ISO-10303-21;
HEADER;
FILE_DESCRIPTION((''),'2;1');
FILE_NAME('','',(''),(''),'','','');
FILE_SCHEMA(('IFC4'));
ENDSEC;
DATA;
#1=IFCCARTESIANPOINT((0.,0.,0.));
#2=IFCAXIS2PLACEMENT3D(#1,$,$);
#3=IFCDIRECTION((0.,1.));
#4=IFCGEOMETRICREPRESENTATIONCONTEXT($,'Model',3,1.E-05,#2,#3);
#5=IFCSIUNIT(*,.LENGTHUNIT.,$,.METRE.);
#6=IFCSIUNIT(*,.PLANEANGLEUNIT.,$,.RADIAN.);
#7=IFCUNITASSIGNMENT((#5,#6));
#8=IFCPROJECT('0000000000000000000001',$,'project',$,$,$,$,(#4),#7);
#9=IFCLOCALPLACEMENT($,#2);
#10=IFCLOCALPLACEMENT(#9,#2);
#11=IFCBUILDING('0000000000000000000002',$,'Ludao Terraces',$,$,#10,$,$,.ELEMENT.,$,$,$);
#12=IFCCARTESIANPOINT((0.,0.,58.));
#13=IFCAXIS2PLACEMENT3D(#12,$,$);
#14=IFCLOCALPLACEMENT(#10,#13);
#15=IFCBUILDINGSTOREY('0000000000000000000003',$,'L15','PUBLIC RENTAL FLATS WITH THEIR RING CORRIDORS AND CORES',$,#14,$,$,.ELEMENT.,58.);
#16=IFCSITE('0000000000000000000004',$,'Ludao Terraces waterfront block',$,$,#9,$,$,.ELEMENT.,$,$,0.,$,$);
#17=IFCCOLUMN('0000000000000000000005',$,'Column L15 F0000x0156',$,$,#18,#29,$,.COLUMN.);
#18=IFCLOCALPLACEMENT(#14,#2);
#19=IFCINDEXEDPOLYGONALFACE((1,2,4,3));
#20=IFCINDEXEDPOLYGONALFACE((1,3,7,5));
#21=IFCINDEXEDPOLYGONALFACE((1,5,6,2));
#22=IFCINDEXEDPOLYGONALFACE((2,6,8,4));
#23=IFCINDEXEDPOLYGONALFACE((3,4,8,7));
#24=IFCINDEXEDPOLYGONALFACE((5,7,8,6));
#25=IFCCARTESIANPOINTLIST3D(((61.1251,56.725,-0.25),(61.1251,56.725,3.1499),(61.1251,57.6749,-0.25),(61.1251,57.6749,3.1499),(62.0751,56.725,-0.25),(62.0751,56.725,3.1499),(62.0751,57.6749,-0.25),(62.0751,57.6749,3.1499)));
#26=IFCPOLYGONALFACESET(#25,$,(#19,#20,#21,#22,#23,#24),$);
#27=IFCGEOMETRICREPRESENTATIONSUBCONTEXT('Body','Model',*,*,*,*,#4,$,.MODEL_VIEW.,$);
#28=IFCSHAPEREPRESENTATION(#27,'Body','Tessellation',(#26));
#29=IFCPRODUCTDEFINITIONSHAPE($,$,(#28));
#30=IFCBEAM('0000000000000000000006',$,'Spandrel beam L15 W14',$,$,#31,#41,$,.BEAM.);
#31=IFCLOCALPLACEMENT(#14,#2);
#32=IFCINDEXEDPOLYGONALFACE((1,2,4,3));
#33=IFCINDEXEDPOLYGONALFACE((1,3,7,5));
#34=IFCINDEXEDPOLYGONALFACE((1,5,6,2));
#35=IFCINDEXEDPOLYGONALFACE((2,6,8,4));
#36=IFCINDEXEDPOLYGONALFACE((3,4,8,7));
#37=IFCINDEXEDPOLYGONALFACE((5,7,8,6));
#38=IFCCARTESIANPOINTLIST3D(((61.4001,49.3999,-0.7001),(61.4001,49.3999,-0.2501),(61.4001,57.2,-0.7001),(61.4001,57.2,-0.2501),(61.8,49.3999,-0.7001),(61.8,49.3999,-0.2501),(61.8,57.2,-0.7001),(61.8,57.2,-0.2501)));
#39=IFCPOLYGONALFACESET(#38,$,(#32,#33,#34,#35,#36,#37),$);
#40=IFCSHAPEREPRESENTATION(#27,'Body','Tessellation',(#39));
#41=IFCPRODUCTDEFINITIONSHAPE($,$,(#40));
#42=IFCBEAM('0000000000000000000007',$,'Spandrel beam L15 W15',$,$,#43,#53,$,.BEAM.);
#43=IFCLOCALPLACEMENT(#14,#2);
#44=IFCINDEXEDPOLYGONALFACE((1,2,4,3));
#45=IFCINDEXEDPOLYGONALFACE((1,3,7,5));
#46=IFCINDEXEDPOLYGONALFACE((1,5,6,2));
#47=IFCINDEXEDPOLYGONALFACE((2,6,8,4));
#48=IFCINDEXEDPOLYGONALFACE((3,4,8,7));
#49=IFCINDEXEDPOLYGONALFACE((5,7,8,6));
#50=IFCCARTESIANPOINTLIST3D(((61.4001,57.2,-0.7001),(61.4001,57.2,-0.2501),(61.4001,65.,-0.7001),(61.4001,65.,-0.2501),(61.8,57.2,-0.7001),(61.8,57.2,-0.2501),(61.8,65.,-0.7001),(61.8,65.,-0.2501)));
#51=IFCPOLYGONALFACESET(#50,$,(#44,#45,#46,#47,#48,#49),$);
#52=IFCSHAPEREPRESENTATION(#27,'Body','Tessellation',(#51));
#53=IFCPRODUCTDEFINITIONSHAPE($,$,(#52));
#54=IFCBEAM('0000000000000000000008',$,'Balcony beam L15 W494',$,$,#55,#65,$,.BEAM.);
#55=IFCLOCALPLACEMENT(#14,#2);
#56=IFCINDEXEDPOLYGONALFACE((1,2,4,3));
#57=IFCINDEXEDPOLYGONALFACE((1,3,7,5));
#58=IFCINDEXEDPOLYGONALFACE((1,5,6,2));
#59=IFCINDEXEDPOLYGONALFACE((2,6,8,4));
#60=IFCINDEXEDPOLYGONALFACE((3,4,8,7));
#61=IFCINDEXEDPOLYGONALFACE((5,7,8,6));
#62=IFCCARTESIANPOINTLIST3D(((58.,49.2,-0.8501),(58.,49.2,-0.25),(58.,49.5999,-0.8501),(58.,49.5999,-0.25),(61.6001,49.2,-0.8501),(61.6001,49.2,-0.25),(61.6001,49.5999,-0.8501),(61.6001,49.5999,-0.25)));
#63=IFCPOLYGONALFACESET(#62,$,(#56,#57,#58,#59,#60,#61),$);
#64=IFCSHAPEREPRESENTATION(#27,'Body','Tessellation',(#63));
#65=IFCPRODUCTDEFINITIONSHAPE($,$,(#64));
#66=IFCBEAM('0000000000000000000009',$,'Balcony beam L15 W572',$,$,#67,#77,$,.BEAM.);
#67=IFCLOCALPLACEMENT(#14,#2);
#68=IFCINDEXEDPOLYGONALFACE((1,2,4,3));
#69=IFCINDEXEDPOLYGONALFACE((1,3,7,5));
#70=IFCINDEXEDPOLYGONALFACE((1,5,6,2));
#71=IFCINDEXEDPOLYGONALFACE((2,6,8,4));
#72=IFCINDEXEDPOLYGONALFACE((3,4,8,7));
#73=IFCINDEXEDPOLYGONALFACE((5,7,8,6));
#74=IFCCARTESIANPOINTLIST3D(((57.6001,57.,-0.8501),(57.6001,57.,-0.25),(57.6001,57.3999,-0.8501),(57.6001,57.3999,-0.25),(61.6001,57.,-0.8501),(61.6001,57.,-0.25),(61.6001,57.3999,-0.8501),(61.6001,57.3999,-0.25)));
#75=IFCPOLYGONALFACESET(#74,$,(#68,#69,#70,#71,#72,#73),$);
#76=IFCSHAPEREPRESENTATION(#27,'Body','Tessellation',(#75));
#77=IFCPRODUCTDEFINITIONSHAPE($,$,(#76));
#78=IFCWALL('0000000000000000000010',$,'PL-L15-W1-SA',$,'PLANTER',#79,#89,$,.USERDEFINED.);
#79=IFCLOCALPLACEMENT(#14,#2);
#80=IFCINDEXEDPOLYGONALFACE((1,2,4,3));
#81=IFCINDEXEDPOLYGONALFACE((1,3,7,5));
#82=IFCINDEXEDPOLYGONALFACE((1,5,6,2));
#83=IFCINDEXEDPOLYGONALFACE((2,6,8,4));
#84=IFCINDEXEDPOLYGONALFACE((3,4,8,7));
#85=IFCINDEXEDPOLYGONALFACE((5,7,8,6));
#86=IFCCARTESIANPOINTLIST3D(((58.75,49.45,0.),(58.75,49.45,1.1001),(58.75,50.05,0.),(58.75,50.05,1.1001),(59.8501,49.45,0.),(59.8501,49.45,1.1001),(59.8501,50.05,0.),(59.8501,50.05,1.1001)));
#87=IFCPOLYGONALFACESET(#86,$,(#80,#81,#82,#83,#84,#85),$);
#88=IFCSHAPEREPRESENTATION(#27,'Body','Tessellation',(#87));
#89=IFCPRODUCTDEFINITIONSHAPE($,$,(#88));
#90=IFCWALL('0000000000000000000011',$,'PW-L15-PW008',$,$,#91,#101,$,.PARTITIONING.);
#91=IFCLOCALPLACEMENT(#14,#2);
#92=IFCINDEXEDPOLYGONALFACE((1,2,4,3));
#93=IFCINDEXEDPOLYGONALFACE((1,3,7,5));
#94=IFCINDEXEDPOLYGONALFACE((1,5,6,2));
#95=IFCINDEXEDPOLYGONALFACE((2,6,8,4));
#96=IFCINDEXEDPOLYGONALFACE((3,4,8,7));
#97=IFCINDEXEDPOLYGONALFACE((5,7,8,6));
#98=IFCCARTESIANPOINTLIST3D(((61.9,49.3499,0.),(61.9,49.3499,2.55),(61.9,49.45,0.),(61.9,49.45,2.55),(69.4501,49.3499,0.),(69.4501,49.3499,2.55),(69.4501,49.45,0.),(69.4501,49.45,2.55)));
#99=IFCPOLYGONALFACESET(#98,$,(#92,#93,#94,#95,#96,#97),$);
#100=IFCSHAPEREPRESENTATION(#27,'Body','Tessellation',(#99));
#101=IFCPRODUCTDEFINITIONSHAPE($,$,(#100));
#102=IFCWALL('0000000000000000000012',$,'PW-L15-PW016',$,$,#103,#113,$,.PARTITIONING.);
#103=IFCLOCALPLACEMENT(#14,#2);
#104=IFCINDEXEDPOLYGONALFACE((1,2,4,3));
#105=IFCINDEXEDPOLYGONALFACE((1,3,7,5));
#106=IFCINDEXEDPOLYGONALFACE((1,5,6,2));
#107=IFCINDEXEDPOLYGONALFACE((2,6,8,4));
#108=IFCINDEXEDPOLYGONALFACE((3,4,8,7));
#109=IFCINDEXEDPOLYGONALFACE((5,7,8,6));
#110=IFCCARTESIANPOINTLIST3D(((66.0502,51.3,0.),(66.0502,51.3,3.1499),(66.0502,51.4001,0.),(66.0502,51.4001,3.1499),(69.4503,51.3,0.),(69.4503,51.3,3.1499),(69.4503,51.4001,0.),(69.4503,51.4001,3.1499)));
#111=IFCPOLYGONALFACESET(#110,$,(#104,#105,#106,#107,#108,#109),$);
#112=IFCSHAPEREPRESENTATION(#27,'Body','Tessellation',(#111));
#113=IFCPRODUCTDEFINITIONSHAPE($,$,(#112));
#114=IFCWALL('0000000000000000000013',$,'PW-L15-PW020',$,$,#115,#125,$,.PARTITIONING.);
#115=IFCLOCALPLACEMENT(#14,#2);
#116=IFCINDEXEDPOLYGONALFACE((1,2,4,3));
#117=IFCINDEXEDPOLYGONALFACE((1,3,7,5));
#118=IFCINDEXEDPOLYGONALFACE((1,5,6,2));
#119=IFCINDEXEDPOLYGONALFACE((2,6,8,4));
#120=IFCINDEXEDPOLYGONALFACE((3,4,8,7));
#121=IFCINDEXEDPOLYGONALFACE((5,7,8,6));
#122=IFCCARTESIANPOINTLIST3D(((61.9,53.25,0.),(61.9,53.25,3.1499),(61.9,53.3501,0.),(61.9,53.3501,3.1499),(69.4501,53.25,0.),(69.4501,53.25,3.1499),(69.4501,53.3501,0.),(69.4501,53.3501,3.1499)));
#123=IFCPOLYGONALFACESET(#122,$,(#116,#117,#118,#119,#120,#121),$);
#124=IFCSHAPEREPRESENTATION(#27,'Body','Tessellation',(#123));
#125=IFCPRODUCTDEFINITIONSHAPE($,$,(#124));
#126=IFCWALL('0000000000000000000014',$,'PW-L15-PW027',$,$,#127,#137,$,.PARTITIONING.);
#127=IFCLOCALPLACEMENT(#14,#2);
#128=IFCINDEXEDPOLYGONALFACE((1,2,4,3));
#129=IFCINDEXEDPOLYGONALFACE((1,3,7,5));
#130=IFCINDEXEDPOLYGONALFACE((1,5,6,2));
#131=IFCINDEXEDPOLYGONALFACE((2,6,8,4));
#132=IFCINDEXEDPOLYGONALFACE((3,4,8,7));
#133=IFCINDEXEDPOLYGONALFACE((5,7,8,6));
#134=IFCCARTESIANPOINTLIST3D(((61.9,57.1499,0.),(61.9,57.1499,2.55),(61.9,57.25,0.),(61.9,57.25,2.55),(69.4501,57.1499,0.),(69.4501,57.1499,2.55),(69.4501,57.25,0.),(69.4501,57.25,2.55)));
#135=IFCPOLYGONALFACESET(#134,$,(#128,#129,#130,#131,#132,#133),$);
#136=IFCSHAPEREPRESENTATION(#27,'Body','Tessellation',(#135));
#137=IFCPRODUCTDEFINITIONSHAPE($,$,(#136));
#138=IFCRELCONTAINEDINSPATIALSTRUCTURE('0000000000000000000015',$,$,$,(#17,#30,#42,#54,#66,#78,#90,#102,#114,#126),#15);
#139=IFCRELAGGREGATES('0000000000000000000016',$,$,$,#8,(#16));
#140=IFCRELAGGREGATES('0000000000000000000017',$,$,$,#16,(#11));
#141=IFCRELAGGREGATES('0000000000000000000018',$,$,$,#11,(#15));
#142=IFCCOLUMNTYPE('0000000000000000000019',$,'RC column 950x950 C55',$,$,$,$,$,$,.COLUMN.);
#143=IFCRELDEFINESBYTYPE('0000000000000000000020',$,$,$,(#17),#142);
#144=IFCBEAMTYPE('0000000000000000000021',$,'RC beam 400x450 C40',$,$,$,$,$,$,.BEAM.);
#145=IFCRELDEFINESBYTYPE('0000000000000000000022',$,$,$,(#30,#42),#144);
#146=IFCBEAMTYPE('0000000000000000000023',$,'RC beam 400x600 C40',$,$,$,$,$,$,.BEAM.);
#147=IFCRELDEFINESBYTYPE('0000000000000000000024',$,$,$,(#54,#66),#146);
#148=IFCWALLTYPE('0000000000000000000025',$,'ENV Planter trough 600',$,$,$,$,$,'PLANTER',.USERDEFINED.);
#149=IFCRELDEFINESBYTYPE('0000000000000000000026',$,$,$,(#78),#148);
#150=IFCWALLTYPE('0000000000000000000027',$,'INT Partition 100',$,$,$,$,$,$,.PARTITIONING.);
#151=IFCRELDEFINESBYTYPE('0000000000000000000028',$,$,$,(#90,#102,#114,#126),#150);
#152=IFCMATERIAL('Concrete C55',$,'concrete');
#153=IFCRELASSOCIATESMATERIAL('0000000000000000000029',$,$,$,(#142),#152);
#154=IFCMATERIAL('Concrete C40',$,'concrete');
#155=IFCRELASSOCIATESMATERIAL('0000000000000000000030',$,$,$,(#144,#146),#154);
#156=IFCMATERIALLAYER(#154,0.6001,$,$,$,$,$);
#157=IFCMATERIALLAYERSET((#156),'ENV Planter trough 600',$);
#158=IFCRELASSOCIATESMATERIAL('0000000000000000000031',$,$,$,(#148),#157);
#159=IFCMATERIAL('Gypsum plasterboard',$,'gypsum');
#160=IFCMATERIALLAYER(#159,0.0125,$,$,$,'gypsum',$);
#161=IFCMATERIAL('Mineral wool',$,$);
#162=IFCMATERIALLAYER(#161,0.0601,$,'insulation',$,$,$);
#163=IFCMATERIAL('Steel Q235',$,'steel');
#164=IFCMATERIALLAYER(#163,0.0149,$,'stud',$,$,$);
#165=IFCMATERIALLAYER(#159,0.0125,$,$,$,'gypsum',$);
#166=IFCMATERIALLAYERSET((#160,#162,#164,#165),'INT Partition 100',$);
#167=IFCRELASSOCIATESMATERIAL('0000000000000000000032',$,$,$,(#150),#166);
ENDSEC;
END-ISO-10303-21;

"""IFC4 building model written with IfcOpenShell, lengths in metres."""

from ifc_helpers import new_model, si_unit, direction, frame, frame_2d, origin, origin_2d, place, context, subcontext, project, spatial, rectangle, extrude, material, layer, layer_set, material_profile, profile_set, type_object, element, save


model = new_model("IFC4")

# Units and contexts
model_context = context("Model", 3, precision=1e-05, world=origin(), true_north=direction((0.0, 1.0)))
body_context = subcontext(model_context, "Body", "Model", "MODEL_VIEW")
ifc_project = project(units=[si_unit("LENGTHUNIT", "METRE"), si_unit("PLANEANGLEUNIT", "RADIAN")], contexts=[model_context])

# Site, building, storey
site_placement = place(None, origin())
site = spatial("IfcSite", under=ifc_project, at=site_placement, Name="Ludao Terraces waterfront block", CompositionType="ELEMENT", RefElevation=0.0)
building_placement = place(site_placement, origin())
building = spatial("IfcBuilding", under=site, at=building_placement, Name="Ludao Terraces", CompositionType="ELEMENT")
storey_placement = place(building_placement, frame((0.0, 0.0, 58.0)))
storey = spatial("IfcBuildingStorey", under=building, at=storey_placement, Name="L15", Description="PUBLIC RENTAL FLATS WITH THEIR RING CORRIDORS AND CORES", CompositionType="ELEMENT", Elevation=58.0)

# Column
ifc_material_1 = material(Name="Concrete C55", Category="concrete")
ifc_material_profile_1 = material_profile(ifc_material_1, rectangle(XDim=0.95, YDim=0.95, at=origin_2d()), Name="950 X 950")
ifc_profile_set_1 = profile_set([ifc_material_profile_1], Name="Concrete C55")
column_type = type_object("IfcColumnType", Name="RC column 950x950 C55", PredefinedType="COLUMN", material=ifc_profile_set_1)
column_placement = place(storey_placement, frame((61.6001, 57.2, -0.25), z_axis=(0.0, 0.0, 1.0), x_axis=(1.0, 0.0, 0.0)))
element("IfcColumn", 1, at=column_placement, inside=storey, type_object=column_type, Name="Column L15 F0000x0156", PredefinedType="COLUMN", context=body_context, shape_type="SweptSolid", body=[
    extrude(rectangle(XDim=0.95, YDim=0.95, at=origin_2d()), origin(), (0.0, 0.0, 1.0), 3.3999),
])

# Beams
ifc_material_2 = material(Name="Concrete C40", Category="concrete")
ifc_material_profile_2 = material_profile(ifc_material_2, rectangle(XDim=0.3999, YDim=0.45, at=origin_2d()), Name="400 X 450")
ifc_profile_set_2 = profile_set([ifc_material_profile_2], Name="Concrete C40")
beam_type_1 = type_object("IfcBeamType", Name="RC beam 400x450 C40", PredefinedType="BEAM", material=ifc_profile_set_2)
for number, where, z_axis, x_axis, name in (
    (2, (61.6001, 49.3999, -0.4751), (0.0, 1.0, 0.0), (-1.0, 0.0, 0.0), "Spandrel beam L15 W14"),
    (3, (61.6001, 57.2, -0.4751), (0.0, 1.0, 0.0), (-1.0, 0.0, 0.0), "Spandrel beam L15 W15"),
):
    element("IfcBeam", number, at=place(storey_placement, frame(where, z_axis=z_axis, x_axis=x_axis)), inside=storey, type_object=beam_type_1, Name=name, PredefinedType="BEAM", context=body_context, shape_type="SweptSolid", body=[
        extrude(rectangle(XDim=0.3999, YDim=0.45, at=origin_2d()), origin(), (0.0, 0.0, 1.0), 7.8),
    ])
ifc_material_profile_3 = material_profile(ifc_material_2, rectangle(XDim=0.3999, YDim=0.6001, at=origin_2d()), Name="400 X 600")
ifc_profile_set_3 = profile_set([ifc_material_profile_3], Name="Concrete C40")
beam_type_2 = type_object("IfcBeamType", Name="RC beam 400x600 C40", PredefinedType="BEAM", material=ifc_profile_set_3)
beam_1_placement = place(storey_placement, frame((61.6001, 49.3999, -0.55), z_axis=(-1.0, 0.0, 0.0), x_axis=(0.0, -1.0, 0.0)))
element("IfcBeam", 4, at=beam_1_placement, inside=storey, type_object=beam_type_2, Name="Balcony beam L15 W494", PredefinedType="BEAM", context=body_context, shape_type="SweptSolid", body=[
    extrude(rectangle(XDim=0.3999, YDim=0.6001, at=origin_2d()), origin(), (0.0, 0.0, 1.0), 3.6001),
])
beam_2_placement = place(storey_placement, frame((61.6001, 57.2, -0.55), z_axis=(-1.0, 0.0, 0.0), x_axis=(0.0, -1.0, 0.0)))
element("IfcBeam", 5, at=beam_2_placement, inside=storey, type_object=beam_type_2, Name="Balcony beam L15 W572", PredefinedType="BEAM", context=body_context, shape_type="SweptSolid", body=[
    extrude(rectangle(XDim=0.3999, YDim=0.6001, at=origin_2d()), origin(), (0.0, 0.0, 1.0), 4.0),
])

# Wall
ifc_layer_1 = layer(ifc_material_2, 0.6001)
ifc_layer_set_1 = layer_set([ifc_layer_1], Name="ENV Planter trough 600")
wall_type_1 = type_object("IfcWallType", Name="ENV Planter trough 600", ElementType="PLANTER", PredefinedType="USERDEFINED", material=ifc_layer_set_1)
wall_1_placement = place(storey_placement, frame((58.75, 49.75, 0.0), z_axis=(0.0, 0.0, 1.0), x_axis=(1.0, 0.0, 0.0)))
element("IfcWall", 6, at=wall_1_placement, inside=storey, type_object=wall_type_1, Name="PL-L15-W1-SA", ObjectType="PLANTER", PredefinedType="USERDEFINED", context=body_context, shape_type="SweptSolid", body=[
    extrude(rectangle(XDim=1.1001, YDim=0.6001, at=frame_2d((0.55, 0.0))), origin(), (0.0, 0.0, 1.0), 1.1001),
])

# Shared definitions
ifc_material_3 = material(Name="Mineral wool")

# Walls
ifc_material_4 = material(Name="Gypsum plasterboard", Category="gypsum")
ifc_layer_2 = layer(ifc_material_4, 0.0125, Category="gypsum")
ifc_layer_3 = layer(ifc_material_3, 0.0601, Name="insulation")
ifc_material_5 = material(Name="Steel Q235", Category="steel")
ifc_layer_4 = layer(ifc_material_5, 0.0149, Name="stud")
ifc_layer_5 = layer(ifc_material_4, 0.0125, Category="gypsum")
ifc_layer_set_2 = layer_set([ifc_layer_2, ifc_layer_3, ifc_layer_4, ifc_layer_5], Name="INT Partition 100")
wall_type_2 = type_object("IfcWallType", Name="INT Partition 100", PredefinedType="PARTITIONING", material=ifc_layer_set_2)
wall_2_placement = place(storey_placement, frame((61.9001, 49.3999, 0.0), z_axis=(0.0, 0.0, 1.0), x_axis=(1.0, 0.0, 0.0)))
element("IfcWall", 7, at=wall_2_placement, inside=storey, type_object=wall_type_2, Name="PW-L15-PW008", PredefinedType="PARTITIONING", context=body_context, shape_type="SweptSolid", body=[
    extrude(rectangle(XDim=7.55, YDim=0.1001, at=frame_2d((3.7749, 0.0))), origin(), (0.0, 0.0, 1.0), 2.55),
])
wall_3_placement = place(storey_placement, frame((66.05, 51.3501, 0.0), z_axis=(0.0, 0.0, 1.0), x_axis=(1.0, 0.0, 0.0)))
element("IfcWall", 8, at=wall_3_placement, inside=storey, type_object=wall_type_2, Name="PW-L15-PW016", PredefinedType="PARTITIONING", context=body_context, shape_type="SweptSolid", body=[
    extrude(rectangle(XDim=3.4001, YDim=0.1001, at=frame_2d((1.7002, 0.0))), origin(), (0.0, 0.0, 1.0), 3.1499),
])
wall_4_placement = place(storey_placement, frame((61.9001, 53.3, 0.0), z_axis=(0.0, 0.0, 1.0), x_axis=(1.0, 0.0, 0.0)))
element("IfcWall", 9, at=wall_4_placement, inside=storey, type_object=wall_type_2, Name="PW-L15-PW020", PredefinedType="PARTITIONING", context=body_context, shape_type="SweptSolid", body=[
    extrude(rectangle(XDim=7.55, YDim=0.1001, at=frame_2d((3.7749, 0.0))), origin(), (0.0, 0.0, 1.0), 3.1499),
])
wall_5_placement = place(storey_placement, frame((61.9001, 57.2, 0.0), z_axis=(0.0, 0.0, 1.0), x_axis=(1.0, 0.0, 0.0)))
element("IfcWall", 10, at=wall_5_placement, inside=storey, type_object=wall_type_2, Name="PW-L15-PW027", PredefinedType="PARTITIONING", context=body_context, shape_type="SweptSolid", body=[
    extrude(rectangle(XDim=7.55, YDim=0.1001, at=frame_2d((3.7749, 0.0))), origin(), (0.0, 0.0, 1.0), 2.55),
])

save(model, "model.ifc")
